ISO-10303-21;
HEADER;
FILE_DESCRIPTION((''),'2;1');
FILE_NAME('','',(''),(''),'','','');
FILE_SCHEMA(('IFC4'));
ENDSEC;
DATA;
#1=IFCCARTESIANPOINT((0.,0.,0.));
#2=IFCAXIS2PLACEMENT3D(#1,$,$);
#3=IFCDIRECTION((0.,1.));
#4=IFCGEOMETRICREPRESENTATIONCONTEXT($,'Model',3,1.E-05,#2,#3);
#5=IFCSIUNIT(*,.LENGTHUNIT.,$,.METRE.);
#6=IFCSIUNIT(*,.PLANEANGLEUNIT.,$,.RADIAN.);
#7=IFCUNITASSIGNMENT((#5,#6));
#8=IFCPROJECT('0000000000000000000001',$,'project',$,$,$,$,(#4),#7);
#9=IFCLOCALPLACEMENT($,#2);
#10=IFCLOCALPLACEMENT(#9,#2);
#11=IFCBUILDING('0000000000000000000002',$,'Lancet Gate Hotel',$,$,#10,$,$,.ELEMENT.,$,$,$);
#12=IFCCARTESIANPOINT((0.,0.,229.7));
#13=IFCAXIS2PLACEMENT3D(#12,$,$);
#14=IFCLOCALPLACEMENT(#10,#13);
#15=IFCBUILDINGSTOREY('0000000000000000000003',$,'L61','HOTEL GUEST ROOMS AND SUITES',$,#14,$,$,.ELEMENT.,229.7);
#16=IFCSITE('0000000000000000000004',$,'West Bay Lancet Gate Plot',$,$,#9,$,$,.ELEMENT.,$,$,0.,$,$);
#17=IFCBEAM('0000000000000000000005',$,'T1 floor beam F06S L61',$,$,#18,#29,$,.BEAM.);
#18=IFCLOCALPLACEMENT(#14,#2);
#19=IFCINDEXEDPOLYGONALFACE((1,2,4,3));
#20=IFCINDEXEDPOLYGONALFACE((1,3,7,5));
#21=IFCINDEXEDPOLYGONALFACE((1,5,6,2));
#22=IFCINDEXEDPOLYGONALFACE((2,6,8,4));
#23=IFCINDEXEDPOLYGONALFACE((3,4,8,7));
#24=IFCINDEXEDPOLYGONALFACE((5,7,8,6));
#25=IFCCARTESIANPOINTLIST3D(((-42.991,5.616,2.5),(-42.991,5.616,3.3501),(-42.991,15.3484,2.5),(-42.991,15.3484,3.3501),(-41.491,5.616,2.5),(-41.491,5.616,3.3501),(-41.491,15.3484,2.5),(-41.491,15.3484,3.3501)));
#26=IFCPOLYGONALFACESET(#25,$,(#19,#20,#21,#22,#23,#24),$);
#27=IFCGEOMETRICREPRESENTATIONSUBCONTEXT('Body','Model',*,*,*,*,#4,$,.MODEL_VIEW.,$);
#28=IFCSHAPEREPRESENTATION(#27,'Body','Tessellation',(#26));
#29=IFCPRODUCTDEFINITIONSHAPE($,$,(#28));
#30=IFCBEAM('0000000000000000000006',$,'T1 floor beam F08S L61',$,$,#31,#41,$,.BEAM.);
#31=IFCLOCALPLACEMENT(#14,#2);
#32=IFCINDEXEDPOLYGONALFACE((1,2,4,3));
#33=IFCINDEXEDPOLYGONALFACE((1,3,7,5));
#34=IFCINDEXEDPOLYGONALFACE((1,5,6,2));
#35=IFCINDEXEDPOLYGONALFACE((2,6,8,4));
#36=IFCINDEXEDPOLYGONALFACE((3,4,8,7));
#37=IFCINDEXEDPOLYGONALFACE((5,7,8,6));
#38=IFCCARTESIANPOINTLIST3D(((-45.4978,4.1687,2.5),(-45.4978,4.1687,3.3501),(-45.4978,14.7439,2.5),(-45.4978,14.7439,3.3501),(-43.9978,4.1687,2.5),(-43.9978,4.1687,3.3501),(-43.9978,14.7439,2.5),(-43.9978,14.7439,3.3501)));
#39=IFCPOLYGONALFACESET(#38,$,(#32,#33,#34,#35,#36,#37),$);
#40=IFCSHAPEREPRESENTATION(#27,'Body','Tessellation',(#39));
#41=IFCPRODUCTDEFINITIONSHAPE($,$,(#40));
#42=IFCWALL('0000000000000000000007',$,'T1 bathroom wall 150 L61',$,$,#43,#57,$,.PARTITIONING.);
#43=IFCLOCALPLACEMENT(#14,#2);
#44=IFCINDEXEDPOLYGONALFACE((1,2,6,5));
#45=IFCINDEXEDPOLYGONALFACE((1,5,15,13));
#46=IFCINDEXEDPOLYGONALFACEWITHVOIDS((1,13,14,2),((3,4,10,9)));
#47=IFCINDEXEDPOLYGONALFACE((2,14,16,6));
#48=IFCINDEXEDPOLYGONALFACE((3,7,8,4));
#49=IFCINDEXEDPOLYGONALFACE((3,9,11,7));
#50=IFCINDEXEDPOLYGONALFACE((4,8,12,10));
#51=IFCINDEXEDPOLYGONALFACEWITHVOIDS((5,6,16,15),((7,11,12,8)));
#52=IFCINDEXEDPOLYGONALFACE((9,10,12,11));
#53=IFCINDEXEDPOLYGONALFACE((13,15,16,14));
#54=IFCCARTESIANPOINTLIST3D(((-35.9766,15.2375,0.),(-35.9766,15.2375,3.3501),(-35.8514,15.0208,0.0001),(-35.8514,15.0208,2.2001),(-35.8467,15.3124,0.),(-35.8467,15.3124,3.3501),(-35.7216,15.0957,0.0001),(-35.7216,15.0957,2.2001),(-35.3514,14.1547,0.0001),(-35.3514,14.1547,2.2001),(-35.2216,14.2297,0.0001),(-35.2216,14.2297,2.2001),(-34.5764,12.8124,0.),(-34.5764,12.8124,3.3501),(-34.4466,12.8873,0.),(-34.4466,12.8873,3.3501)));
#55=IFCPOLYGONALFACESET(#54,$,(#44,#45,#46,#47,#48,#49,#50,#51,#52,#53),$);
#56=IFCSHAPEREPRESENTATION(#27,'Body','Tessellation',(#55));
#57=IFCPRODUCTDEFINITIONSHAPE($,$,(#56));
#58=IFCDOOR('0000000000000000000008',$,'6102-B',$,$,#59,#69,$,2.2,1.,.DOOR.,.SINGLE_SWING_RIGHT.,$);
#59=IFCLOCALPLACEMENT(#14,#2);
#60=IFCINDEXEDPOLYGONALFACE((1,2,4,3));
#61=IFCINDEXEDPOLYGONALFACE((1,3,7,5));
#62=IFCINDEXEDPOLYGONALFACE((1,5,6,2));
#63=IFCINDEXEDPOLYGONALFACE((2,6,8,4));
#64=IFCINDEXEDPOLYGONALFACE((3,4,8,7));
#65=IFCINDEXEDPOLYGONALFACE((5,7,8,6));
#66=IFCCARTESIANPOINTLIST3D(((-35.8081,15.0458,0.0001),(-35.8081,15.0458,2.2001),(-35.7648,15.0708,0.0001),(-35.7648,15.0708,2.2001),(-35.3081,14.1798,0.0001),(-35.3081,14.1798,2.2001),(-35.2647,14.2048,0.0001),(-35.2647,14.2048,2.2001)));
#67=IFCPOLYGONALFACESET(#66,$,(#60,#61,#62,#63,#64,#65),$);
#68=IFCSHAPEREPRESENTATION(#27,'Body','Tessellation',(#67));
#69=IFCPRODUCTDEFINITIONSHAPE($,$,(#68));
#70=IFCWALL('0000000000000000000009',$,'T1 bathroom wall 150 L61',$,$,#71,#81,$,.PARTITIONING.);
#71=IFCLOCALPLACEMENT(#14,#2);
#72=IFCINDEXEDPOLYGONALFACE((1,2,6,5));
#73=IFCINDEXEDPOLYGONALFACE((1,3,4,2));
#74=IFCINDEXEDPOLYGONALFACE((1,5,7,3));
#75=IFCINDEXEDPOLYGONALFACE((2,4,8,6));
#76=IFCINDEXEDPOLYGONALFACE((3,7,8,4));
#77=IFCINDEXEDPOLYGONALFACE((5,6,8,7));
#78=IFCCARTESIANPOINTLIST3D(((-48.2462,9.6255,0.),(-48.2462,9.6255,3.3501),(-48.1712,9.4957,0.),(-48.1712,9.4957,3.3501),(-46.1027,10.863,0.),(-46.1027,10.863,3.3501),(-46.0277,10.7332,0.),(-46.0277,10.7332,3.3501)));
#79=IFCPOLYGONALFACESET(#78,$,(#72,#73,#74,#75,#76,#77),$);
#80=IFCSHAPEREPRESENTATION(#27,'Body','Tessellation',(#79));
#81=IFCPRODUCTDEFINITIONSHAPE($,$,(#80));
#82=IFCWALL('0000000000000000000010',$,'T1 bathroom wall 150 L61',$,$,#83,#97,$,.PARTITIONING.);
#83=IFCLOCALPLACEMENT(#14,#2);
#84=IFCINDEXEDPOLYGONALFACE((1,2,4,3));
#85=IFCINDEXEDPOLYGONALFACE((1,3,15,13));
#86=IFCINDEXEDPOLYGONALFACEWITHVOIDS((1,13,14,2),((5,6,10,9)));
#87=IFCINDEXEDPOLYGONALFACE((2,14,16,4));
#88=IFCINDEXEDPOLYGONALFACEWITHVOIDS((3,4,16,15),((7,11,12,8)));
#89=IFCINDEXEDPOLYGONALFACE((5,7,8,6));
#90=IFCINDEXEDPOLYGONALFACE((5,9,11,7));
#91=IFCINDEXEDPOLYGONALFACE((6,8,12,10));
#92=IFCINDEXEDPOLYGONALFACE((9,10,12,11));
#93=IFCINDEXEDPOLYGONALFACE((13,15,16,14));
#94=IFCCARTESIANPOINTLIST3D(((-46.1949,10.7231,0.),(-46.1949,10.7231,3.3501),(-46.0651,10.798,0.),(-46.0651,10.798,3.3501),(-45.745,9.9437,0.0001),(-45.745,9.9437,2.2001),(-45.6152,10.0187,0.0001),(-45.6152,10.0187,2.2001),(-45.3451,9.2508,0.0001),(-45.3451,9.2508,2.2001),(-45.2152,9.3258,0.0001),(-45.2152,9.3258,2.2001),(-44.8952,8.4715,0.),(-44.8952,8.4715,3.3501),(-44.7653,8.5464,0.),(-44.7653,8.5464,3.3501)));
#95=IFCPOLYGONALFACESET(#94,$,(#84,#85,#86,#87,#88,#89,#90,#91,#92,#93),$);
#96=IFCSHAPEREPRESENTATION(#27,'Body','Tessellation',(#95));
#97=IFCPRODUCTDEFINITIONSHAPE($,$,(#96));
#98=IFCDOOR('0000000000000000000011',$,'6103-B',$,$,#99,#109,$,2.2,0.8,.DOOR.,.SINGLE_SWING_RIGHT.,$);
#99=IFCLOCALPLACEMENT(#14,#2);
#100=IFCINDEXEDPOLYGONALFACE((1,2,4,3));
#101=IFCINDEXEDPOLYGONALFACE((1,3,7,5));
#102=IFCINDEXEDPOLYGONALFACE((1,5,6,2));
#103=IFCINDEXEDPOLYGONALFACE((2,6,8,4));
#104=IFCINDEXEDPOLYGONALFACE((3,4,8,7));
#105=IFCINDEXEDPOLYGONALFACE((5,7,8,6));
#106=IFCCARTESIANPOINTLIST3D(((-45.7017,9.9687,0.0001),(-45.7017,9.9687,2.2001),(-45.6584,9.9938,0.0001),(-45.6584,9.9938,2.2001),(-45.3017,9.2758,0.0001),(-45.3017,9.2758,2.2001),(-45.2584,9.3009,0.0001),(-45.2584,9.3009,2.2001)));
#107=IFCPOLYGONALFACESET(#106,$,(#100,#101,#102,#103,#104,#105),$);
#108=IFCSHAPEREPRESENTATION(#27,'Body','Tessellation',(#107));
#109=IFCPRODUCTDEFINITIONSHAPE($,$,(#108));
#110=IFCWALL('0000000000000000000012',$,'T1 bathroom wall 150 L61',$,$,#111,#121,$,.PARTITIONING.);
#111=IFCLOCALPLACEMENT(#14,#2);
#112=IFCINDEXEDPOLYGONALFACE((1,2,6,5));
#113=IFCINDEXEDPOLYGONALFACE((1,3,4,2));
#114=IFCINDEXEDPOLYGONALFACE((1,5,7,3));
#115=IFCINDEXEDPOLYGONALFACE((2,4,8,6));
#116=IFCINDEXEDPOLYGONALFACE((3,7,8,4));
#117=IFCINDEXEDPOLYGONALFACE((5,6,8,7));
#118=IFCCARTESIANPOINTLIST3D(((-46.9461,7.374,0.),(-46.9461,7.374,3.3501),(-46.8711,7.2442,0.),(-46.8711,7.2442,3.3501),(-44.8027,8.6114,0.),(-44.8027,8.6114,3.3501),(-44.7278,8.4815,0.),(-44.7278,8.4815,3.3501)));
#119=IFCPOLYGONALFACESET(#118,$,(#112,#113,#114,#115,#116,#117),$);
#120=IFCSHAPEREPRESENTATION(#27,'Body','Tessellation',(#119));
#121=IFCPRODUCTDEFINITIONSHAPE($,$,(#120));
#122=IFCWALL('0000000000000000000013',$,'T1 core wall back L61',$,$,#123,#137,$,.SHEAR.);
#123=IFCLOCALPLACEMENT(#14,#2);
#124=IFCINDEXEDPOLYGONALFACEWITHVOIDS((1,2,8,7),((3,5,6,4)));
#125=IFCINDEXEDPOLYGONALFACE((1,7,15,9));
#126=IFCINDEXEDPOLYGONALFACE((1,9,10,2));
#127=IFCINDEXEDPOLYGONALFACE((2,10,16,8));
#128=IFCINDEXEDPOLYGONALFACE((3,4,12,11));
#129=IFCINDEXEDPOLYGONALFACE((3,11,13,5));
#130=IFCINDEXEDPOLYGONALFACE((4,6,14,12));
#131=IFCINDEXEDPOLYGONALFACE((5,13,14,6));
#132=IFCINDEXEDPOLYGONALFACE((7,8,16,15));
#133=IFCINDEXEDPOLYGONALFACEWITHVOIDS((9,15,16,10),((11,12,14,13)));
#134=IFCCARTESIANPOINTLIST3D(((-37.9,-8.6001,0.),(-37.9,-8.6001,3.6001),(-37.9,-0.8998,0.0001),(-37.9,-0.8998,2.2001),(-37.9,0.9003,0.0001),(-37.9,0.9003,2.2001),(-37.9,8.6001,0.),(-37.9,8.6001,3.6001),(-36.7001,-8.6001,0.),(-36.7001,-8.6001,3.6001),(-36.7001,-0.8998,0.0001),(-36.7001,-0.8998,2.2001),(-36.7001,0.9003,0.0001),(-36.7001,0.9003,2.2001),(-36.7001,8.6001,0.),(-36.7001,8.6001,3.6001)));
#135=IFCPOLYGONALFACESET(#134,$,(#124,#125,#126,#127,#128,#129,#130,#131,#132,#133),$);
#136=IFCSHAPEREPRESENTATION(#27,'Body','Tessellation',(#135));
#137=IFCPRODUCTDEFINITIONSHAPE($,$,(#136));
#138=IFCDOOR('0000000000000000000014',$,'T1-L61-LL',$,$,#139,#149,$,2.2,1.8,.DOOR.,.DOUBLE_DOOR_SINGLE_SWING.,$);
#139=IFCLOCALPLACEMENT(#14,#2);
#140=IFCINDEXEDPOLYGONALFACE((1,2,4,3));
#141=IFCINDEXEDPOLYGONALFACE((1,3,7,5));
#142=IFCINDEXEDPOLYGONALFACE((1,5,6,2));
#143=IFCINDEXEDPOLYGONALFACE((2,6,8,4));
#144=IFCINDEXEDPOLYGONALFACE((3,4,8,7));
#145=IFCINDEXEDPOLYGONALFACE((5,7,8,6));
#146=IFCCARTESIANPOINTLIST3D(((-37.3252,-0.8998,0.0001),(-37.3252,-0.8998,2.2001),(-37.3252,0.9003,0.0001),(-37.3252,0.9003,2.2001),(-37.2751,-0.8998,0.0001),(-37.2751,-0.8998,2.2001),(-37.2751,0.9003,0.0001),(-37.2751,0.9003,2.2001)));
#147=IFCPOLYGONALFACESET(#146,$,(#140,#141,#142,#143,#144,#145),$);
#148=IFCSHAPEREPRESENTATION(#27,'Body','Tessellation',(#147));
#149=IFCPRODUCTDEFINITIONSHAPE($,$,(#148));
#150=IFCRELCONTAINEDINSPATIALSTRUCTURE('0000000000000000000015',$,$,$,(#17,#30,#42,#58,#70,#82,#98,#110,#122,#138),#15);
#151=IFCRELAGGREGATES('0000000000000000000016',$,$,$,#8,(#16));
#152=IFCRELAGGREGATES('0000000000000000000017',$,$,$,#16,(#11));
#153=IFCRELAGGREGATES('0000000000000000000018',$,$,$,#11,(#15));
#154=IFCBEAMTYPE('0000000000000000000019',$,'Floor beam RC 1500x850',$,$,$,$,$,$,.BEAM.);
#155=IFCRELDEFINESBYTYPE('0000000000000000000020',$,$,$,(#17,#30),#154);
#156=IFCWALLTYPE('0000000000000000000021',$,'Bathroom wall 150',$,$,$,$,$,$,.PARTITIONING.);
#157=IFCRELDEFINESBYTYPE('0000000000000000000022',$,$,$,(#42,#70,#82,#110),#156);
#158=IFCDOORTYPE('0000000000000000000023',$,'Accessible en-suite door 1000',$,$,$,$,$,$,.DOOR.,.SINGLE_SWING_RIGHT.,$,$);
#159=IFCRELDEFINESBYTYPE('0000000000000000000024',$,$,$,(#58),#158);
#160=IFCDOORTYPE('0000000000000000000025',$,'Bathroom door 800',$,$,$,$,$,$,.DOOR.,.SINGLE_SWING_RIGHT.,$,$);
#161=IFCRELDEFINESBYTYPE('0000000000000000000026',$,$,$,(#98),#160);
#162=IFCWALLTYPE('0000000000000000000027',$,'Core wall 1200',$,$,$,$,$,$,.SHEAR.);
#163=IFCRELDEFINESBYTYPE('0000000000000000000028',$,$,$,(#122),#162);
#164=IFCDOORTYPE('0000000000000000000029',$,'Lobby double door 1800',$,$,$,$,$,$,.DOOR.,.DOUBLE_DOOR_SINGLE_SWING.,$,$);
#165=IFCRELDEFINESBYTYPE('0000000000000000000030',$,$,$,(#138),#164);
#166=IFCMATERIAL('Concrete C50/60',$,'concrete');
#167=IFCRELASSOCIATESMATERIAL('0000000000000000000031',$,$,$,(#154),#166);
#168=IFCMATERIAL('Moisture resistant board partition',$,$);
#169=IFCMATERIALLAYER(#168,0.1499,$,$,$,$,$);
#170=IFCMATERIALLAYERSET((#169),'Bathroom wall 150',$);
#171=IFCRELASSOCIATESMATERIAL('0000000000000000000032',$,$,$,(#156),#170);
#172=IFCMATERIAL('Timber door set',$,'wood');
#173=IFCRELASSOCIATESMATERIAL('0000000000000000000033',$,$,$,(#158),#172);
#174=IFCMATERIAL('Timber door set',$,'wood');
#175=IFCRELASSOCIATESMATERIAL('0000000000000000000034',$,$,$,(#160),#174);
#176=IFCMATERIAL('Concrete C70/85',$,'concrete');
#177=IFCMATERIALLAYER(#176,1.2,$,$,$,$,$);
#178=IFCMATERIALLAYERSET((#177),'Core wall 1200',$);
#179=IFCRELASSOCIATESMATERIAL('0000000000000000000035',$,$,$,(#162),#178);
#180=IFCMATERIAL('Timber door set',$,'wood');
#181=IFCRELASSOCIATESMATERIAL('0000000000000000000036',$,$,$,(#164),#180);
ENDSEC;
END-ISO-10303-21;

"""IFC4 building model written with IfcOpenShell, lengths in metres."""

from ifc_helpers import new_model, si_unit, direction, frame, frame_2d, origin, origin_2d, place, context, subcontext, project, spatial, rectangle, extrude, material, layer, layer_set, material_profile, profile_set, type_object, element, fill, save


model = new_model("IFC4")

# Units and contexts
model_context = context("Model", 3, precision=1e-05, world=origin(), true_north=direction((0.0, 1.0)))
body_context = subcontext(model_context, "Body", "Model", "MODEL_VIEW")
ifc_project = project(units=[si_unit("LENGTHUNIT", "METRE"), si_unit("PLANEANGLEUNIT", "RADIAN")], contexts=[model_context])

# Site, building, storey
site_placement = place(None, origin())
site = spatial("IfcSite", under=ifc_project, at=site_placement, Name="West Bay Lancet Gate Plot", CompositionType="ELEMENT", RefElevation=0.0)
building_placement = place(site_placement, origin())
building = spatial("IfcBuilding", under=site, at=building_placement, Name="Lancet Gate Hotel", CompositionType="ELEMENT")
storey_placement = place(building_placement, frame((0.0, 0.0, 229.7)))
storey = spatial("IfcBuildingStorey", under=building, at=storey_placement, Name="L61", Description="HOTEL GUEST ROOMS AND SUITES", CompositionType="ELEMENT", Elevation=229.7)

# Beams
ifc_material_1 = material(Name="Concrete C50/60", Category="concrete")
ifc_material_profile = material_profile(ifc_material_1, rectangle(XDim=1.5, YDim=0.8501, at=origin_2d()), Name="RC 1500x850")
ifc_profile_set = profile_set([ifc_material_profile], Name="Concrete C50/60")
beam_type = type_object("IfcBeamType", Name="Floor beam RC 1500x850", PredefinedType="BEAM", material=ifc_profile_set)
beam_1_placement = place(storey_placement, frame((-42.241, 15.3484, 2.925), z_axis=(0.0, -1.0, 0.0), x_axis=(1.0, 0.0, 0.0)))
element("IfcBeam", 1, at=beam_1_placement, inside=storey, type_object=beam_type, Name="T1 floor beam F06S L61", PredefinedType="BEAM", context=body_context, shape_type="SweptSolid", body=[
    extrude(rectangle(XDim=1.5, YDim=0.8501, at=origin_2d()), origin(), (0.0, 0.0, 1.0), 9.7324),
])
beam_2_placement = place(storey_placement, frame((-44.7478, 14.7439, 2.925), z_axis=(0.0, -1.0, 0.0), x_axis=(1.0, 0.0, 0.0)))
element("IfcBeam", 2, at=beam_2_placement, inside=storey, type_object=beam_type, Name="T1 floor beam F08S L61", PredefinedType="BEAM", context=body_context, shape_type="SweptSolid", body=[
    extrude(rectangle(XDim=1.5, YDim=0.8501, at=origin_2d()), origin(), (0.0, 0.0, 1.0), 10.5752),
])

# Wall, opening, door
ifc_material_2 = material(Name="Moisture resistant board partition")
ifc_layer_1 = layer(ifc_material_2, 0.1499)
ifc_layer_set_1 = layer_set([ifc_layer_1], Name="Bathroom wall 150")
wall_type_1 = type_object("IfcWallType", Name="Bathroom wall 150", PredefinedType="PARTITIONING", material=ifc_layer_set_1)
wall_1_placement = place(storey_placement, frame((-34.5115, 12.8499, 0.0), z_axis=(0.0, 0.0, 1.0), x_axis=(-0.500012, 0.866019, 0.0)))
wall_1 = element("IfcWall", 3, at=wall_1_placement, inside=storey, type_object=wall_type_1, Name="T1 bathroom wall 150 L61", PredefinedType="PARTITIONING", context=body_context, shape_type="SweptSolid", body=[
    extrude(rectangle(XDim=2.8003, YDim=0.1499, at=frame_2d((1.4001, 0.0))), origin(), (0.0, 0.0, 1.0), 3.3501),
])
opening_1_placement = place(wall_1_placement, frame((1.55, 0.0, 0.0)))
opening_1 = element("IfcOpeningElement", 4, at=opening_1_placement, cuts=wall_1, PredefinedType="OPENING", context=body_context, shape_type="SweptSolid", body=[
    extrude(rectangle(XDim=1.0, YDim=2.2, at=frame_2d((0.5, 1.1001))), frame((0.0, 0.085, 0.0), z_axis=(0.0, -1.0, 0.0), x_axis=(1.0, 0.0, 0.0)), (0.0, 0.0, 1.0), 0.1699),
])
ifc_material_3 = material(Name="Timber door set", Category="wood")
door_type_1 = type_object("IfcDoorType", Name="Accessible en-suite door 1000", OperationType="SINGLE_SWING_RIGHT", PredefinedType="DOOR", material=ifc_material_3)
door_1_placement = place(opening_1_placement, origin())
door_1 = element("IfcDoor", 5, at=door_1_placement, inside=storey, type_object=door_type_1, Name="6102-B", OperationType="SINGLE_SWING_RIGHT", OverallHeight=2.2, OverallWidth=1.0, PredefinedType="DOOR", context=body_context, shape_type="SweptSolid", body=[
    extrude(rectangle(XDim=1.0, YDim=2.2, at=frame_2d((0.5, 1.1001))), frame((0.0, 0.0249, 0.0), z_axis=(0.0, -1.0, 0.0), x_axis=(1.0, 0.0, 0.0)), (0.0, 0.0, 1.0), 0.05),
])
fill(opening_1, door_1)

# Wall
wall_2_placement = place(storey_placement, frame((-46.0652, 10.7981, 0.0), z_axis=(0.0, 0.0, 1.0), x_axis=(-0.866031, -0.49999, 0.0)))
element("IfcWall", 6, at=wall_2_placement, inside=storey, type_object=wall_type_1, Name="T1 bathroom wall 150 L61", PredefinedType="PARTITIONING", context=body_context, shape_type="SweptSolid", body=[
    extrude(rectangle(XDim=2.4751, YDim=0.1499, at=frame_2d((1.2375, 0.0))), origin(), (0.0, 0.0, 1.0), 3.3501),
])

# Wall, opening, door
wall_3_placement = place(storey_placement, frame((-44.8303, 8.509, 0.0), z_axis=(0.0, 0.0, 1.0), x_axis=(-0.499937, 0.866062, 0.0)))
wall_3 = element("IfcWall", 7, at=wall_3_placement, inside=storey, type_object=wall_type_1, Name="T1 bathroom wall 150 L61", PredefinedType="PARTITIONING", context=body_context, shape_type="SweptSolid", body=[
    extrude(rectangle(XDim=2.5999, YDim=0.1499, at=frame_2d((1.2998, 0.0))), origin(), (0.0, 0.0, 1.0), 3.3501),
])
opening_2_placement = place(wall_3_placement, frame((0.8999, 0.0, 0.0)))
opening_2 = element("IfcOpeningElement", 8, at=opening_2_placement, cuts=wall_3, PredefinedType="OPENING", context=body_context, shape_type="SweptSolid", body=[
    extrude(rectangle(XDim=0.8, YDim=2.2, at=frame_2d((0.3999, 1.1001))), frame((0.0, 0.085, 0.0), z_axis=(0.0, -1.0, 0.0), x_axis=(1.0, 0.0, 0.0)), (0.0, 0.0, 1.0), 0.1699),
])
ifc_material_4 = material(Name="Timber door set", Category="wood")
door_type_2 = type_object("IfcDoorType", Name="Bathroom door 800", OperationType="SINGLE_SWING_RIGHT", PredefinedType="DOOR", material=ifc_material_4)
door_2_placement = place(opening_2_placement, origin())
door_2 = element("IfcDoor", 9, at=door_2_placement, inside=storey, type_object=door_type_2, Name="6103-B", OperationType="SINGLE_SWING_RIGHT", OverallHeight=2.2, OverallWidth=0.8, PredefinedType="DOOR", context=body_context, shape_type="SweptSolid", body=[
    extrude(rectangle(XDim=0.8, YDim=2.2, at=frame_2d((0.3999, 1.1001))), frame((0.0, 0.0249, 0.0), z_axis=(0.0, -1.0, 0.0), x_axis=(1.0, 0.0, 0.0)), (0.0, 0.0, 1.0), 0.05),
])
fill(opening_2, door_2)

# Wall
wall_4_placement = place(storey_placement, frame((-44.7654, 8.5464, 0.0), z_axis=(0.0, 0.0, 1.0), x_axis=(-0.866049, -0.499959, 0.0)))
element("IfcWall", 10, at=wall_4_placement, inside=storey, type_object=wall_type_1, Name="T1 bathroom wall 150 L61", PredefinedType="PARTITIONING", context=body_context, shape_type="SweptSolid", body=[
    extrude(rectangle(XDim=2.4749, YDim=0.1499, at=frame_2d((1.2373, 0.0))), origin(), (0.0, 0.0, 1.0), 3.3501),
])

# Wall, opening, door
ifc_material_5 = material(Name="Concrete C70/85", Category="concrete")
ifc_layer_2 = layer(ifc_material_5, 1.2)
ifc_layer_set_2 = layer_set([ifc_layer_2], Name="Core wall 1200")
wall_type_2 = type_object("IfcWallType", Name="Core wall 1200", PredefinedType="SHEAR", material=ifc_layer_set_2)
wall_5_placement = place(storey_placement, frame((-37.3, 8.6001, 0.0), z_axis=(0.0, 0.0, 1.0), x_axis=(0.0, -1.0, 0.0)))
wall_5 = element("IfcWall", 11, at=wall_5_placement, inside=storey, type_object=wall_type_2, Name="T1 core wall back L61", PredefinedType="SHEAR", context=body_context, shape_type="SweptSolid", body=[
    extrude(rectangle(XDim=17.2002, YDim=1.2, at=frame_2d((8.6001, 0.0))), origin(), (0.0, 0.0, 1.0), 3.6001),
])
opening_3_placement = place(wall_5_placement, frame((7.7, 0.0, 0.0)))
opening_3 = element("IfcOpeningElement", 12, at=opening_3_placement, cuts=wall_5, PredefinedType="OPENING", context=body_context, shape_type="SweptSolid", body=[
    extrude(rectangle(XDim=1.8, YDim=2.2, at=frame_2d((0.8999, 1.1001))), frame((0.0, 0.6099, 0.0), z_axis=(0.0, -1.0, 0.0), x_axis=(1.0, 0.0, 0.0)), (0.0, 0.0, 1.0), 1.22),
])
ifc_material_6 = material(Name="Timber door set", Category="wood")
door_type_3 = type_object("IfcDoorType", Name="Lobby double door 1800", OperationType="DOUBLE_DOOR_SINGLE_SWING", PredefinedType="DOOR", material=ifc_material_6)
door_3_placement = place(opening_3_placement, origin())
door_3 = element("IfcDoor", 13, at=door_3_placement, inside=storey, type_object=door_type_3, Name="T1-L61-LL", OperationType="DOUBLE_DOOR_SINGLE_SWING", OverallHeight=2.2, OverallWidth=1.8, PredefinedType="DOOR", context=body_context, shape_type="SweptSolid", body=[
    extrude(rectangle(XDim=1.8, YDim=2.2, at=frame_2d((0.8999, 1.1001))), frame((0.0, 0.0249, 0.0), z_axis=(0.0, -1.0, 0.0), x_axis=(1.0, 0.0, 0.0)), (0.0, 0.0, 1.0), 0.05),
])
fill(opening_3, door_3)

save(model, "model.ifc")
